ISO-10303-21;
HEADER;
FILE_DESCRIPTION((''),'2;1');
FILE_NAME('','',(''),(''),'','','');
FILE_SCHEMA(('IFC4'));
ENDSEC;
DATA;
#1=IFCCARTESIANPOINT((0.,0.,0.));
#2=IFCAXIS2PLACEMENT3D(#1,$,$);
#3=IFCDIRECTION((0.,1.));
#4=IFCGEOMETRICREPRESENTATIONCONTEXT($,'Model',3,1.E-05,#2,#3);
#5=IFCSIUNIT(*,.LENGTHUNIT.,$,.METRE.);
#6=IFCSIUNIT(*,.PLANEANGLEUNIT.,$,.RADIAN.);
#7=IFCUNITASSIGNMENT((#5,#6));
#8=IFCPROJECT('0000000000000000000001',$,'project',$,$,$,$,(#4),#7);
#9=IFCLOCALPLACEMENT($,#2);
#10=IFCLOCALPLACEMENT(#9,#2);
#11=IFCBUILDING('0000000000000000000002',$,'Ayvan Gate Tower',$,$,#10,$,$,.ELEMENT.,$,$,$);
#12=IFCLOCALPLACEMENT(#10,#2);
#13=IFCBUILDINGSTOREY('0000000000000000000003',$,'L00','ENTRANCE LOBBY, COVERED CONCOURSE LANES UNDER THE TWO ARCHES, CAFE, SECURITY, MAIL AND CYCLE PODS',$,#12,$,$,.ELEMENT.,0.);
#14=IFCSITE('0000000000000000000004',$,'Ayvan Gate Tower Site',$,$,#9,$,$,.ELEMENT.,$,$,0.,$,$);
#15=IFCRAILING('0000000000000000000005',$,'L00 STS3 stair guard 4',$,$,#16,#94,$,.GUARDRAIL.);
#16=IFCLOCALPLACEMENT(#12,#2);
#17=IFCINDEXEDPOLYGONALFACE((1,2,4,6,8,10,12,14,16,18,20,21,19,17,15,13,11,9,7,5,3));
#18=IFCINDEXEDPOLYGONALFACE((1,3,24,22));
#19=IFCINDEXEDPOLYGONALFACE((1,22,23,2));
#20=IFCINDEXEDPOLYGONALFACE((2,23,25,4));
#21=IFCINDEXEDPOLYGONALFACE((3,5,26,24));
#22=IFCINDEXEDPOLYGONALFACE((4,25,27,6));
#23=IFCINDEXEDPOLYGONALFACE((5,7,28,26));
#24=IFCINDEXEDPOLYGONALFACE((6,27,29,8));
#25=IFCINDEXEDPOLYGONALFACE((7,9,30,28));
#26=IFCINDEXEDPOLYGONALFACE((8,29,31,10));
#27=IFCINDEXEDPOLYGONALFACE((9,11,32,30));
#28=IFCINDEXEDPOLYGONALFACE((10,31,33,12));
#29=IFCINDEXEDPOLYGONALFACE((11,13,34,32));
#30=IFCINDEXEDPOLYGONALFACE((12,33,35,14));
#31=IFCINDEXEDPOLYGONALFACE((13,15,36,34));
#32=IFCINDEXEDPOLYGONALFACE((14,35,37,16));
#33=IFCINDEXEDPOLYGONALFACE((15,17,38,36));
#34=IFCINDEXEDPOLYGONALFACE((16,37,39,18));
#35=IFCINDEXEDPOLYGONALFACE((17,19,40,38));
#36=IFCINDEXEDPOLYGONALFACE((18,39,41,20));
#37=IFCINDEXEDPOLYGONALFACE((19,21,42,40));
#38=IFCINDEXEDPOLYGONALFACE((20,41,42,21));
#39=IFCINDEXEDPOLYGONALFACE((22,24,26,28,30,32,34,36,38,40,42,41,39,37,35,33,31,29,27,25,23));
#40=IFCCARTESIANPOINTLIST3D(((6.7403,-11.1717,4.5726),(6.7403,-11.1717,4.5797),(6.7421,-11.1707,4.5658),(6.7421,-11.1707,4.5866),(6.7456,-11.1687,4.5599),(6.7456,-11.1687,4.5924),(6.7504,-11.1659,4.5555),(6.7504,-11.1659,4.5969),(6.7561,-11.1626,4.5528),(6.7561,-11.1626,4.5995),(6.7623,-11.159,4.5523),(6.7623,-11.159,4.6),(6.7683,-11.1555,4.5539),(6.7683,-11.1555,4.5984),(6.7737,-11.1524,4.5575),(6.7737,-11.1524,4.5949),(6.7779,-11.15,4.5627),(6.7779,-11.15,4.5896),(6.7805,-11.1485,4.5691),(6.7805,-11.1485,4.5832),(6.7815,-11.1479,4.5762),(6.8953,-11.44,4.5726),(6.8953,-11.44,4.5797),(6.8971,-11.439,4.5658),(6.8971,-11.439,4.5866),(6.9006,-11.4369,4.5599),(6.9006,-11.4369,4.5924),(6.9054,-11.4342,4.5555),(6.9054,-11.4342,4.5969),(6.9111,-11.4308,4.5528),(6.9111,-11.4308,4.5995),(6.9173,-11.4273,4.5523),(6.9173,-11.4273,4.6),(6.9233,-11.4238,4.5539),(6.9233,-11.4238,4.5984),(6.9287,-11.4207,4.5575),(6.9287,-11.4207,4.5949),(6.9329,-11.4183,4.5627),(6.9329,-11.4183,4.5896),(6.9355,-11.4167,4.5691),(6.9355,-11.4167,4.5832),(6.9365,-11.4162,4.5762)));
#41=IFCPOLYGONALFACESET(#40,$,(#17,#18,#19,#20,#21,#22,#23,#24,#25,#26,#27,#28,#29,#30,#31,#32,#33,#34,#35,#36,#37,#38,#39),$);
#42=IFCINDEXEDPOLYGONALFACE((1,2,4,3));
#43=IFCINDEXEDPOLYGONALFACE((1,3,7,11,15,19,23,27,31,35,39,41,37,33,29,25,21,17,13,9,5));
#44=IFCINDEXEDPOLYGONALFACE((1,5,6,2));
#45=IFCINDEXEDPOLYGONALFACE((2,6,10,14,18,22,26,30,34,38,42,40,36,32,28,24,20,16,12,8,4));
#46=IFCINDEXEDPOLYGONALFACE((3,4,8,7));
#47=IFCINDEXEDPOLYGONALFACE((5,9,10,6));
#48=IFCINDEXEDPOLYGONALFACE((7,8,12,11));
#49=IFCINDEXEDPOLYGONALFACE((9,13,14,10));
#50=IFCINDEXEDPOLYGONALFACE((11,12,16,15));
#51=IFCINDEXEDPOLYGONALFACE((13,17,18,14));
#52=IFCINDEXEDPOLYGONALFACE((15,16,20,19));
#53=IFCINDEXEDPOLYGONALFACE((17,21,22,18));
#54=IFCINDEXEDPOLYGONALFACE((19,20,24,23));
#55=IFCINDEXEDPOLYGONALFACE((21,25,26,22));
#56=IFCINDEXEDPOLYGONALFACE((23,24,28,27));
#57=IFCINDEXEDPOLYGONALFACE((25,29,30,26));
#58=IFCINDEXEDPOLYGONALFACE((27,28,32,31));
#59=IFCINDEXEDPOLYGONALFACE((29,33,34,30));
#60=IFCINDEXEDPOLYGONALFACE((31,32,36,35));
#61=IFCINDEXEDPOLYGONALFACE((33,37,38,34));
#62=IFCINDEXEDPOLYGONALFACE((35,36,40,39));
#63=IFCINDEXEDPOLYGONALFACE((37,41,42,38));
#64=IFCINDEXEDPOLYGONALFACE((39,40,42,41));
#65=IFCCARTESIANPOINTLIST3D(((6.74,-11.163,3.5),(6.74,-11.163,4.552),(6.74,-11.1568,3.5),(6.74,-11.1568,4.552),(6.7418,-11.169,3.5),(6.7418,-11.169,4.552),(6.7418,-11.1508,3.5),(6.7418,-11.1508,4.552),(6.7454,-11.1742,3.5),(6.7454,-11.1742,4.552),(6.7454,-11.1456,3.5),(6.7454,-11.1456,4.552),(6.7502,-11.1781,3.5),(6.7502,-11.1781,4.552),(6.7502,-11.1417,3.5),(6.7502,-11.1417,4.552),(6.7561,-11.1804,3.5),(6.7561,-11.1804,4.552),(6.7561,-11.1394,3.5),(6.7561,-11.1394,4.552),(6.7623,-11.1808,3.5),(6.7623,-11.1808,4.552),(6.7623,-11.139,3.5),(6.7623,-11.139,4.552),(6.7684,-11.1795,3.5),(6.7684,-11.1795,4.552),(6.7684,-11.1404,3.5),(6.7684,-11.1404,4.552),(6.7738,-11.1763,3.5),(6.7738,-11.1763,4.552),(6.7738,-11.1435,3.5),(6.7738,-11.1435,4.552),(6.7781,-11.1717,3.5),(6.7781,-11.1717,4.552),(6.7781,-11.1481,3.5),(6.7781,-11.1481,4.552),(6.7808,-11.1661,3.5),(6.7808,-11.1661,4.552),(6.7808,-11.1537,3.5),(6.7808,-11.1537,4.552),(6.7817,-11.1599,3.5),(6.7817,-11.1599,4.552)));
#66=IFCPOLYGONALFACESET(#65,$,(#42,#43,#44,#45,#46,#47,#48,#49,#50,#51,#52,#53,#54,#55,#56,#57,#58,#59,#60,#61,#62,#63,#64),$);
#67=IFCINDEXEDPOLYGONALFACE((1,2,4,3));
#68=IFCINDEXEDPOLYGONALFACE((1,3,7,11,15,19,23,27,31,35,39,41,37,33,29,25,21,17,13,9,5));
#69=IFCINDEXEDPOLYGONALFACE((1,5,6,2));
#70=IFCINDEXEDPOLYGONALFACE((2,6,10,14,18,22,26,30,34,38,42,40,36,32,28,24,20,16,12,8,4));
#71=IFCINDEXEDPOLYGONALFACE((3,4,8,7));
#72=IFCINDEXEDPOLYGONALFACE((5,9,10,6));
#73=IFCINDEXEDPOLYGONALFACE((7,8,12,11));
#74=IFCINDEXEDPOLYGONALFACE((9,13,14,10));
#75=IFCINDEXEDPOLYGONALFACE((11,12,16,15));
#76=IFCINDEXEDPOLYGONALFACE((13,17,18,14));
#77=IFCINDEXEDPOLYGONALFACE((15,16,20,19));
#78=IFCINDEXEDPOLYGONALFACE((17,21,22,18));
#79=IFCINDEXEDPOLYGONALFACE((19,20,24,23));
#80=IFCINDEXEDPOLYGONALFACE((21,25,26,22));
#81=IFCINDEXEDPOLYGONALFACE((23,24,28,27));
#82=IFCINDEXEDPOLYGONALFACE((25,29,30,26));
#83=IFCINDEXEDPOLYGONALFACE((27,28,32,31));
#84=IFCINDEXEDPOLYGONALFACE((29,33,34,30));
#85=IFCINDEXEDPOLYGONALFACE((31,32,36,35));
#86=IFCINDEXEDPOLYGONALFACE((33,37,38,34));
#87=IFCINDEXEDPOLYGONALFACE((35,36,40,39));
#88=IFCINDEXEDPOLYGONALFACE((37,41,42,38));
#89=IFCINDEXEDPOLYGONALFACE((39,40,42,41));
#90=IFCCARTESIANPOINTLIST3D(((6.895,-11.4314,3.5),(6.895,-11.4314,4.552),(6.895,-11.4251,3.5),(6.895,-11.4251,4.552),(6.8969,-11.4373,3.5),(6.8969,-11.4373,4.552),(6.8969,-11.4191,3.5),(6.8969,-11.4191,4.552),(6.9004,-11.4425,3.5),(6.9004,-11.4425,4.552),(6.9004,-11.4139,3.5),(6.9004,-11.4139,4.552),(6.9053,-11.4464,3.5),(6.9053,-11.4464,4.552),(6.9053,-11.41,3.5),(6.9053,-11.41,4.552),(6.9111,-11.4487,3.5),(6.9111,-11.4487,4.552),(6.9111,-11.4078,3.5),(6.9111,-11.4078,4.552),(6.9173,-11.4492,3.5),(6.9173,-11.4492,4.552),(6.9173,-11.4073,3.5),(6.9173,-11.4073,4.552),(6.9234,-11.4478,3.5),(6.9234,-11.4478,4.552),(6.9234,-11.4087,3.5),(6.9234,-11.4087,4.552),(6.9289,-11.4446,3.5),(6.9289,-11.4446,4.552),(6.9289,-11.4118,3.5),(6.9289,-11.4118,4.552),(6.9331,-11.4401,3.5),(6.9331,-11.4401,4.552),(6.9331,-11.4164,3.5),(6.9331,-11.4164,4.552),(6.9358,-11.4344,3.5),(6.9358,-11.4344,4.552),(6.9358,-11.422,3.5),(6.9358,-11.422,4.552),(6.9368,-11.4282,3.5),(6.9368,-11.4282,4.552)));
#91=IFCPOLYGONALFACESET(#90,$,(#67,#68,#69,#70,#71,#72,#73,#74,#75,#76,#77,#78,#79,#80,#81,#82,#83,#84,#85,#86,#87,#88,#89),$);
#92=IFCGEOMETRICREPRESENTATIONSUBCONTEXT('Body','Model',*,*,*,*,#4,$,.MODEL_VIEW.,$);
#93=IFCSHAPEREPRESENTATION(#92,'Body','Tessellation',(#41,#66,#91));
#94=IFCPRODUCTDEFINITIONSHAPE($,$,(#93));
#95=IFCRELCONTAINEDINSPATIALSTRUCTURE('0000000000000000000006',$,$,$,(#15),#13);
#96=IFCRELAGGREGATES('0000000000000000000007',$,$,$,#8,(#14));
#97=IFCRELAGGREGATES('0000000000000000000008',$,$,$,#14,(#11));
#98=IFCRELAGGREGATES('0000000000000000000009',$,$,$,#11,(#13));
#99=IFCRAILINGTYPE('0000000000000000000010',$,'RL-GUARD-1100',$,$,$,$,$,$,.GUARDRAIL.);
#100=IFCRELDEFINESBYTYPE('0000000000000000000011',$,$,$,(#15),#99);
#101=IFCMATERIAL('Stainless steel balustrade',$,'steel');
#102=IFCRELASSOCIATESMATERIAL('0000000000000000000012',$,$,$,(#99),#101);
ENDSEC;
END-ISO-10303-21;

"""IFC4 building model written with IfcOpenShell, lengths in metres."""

from ifc_helpers import new_model, si_unit, direction, frame, origin, origin_2d, place, context, subcontext, project, spatial, circle, extrude, material, type_object, element, save


model = new_model("IFC4")

# Units and contexts
model_context = context("Model", 3, precision=1e-05, world=origin(), true_north=direction((0.0, 1.0)))
body_context = subcontext(model_context, "Body", "Model", "MODEL_VIEW")
ifc_project = project(units=[si_unit("LENGTHUNIT", "METRE"), si_unit("PLANEANGLEUNIT", "RADIAN")], contexts=[model_context])

# Site, building, storey
site_placement = place(None, origin())
site = spatial("IfcSite", under=ifc_project, at=site_placement, Name="Ayvan Gate Tower Site", CompositionType="ELEMENT", RefElevation=0.0)
building_placement = place(site_placement, origin())
building = spatial("IfcBuilding", under=site, at=building_placement, Name="Ayvan Gate Tower", CompositionType="ELEMENT")
storey_placement = place(building_placement, origin())
storey = spatial("IfcBuildingStorey", under=building, at=storey_placement, Name="L00", Description="ENTRANCE LOBBY, COVERED CONCOURSE LANES UNDER THE TWO ARCHES, CAFE, SECURITY, MAIL AND CYCLE PODS", CompositionType="ELEMENT", Elevation=0.0)

# Railing
ifc_material_1 = material(Name="Stainless steel balustrade", Category="steel")
railing_type_1 = type_object("IfcRailingType", Name="RL-GUARD-1100", PredefinedType="GUARDRAIL", material=ifc_material_1)
railing_1_placement = place(storey_placement, frame((6.7607, -11.1599, 3.5)))
element("IfcRailing", 1, at=railing_1_placement, inside=storey, type_object=railing_type_1, Name="L00 STS3 stair guard 4", PredefinedType="GUARDRAIL", context=body_context, shape_type="SweptSolid", body=[
    extrude(circle(Radius=0.0239, at=origin_2d()), frame((0.0, 0.0, 1.0762), z_axis=(0.500291, -0.865857, 0.0), x_axis=(0.865857, 0.500291, 0.0)), (0.0, 0.0, 1.0), 0.3098),
    extrude(circle(Radius=0.021, at=origin_2d()), origin(), (0.0, 0.0, 1.0), 1.052),
    extrude(circle(Radius=0.021, at=origin_2d()), frame((0.155, -0.2683, 0.0)), (0.0, 0.0, 1.0), 1.052),
])

save(model, "model.ifc")
